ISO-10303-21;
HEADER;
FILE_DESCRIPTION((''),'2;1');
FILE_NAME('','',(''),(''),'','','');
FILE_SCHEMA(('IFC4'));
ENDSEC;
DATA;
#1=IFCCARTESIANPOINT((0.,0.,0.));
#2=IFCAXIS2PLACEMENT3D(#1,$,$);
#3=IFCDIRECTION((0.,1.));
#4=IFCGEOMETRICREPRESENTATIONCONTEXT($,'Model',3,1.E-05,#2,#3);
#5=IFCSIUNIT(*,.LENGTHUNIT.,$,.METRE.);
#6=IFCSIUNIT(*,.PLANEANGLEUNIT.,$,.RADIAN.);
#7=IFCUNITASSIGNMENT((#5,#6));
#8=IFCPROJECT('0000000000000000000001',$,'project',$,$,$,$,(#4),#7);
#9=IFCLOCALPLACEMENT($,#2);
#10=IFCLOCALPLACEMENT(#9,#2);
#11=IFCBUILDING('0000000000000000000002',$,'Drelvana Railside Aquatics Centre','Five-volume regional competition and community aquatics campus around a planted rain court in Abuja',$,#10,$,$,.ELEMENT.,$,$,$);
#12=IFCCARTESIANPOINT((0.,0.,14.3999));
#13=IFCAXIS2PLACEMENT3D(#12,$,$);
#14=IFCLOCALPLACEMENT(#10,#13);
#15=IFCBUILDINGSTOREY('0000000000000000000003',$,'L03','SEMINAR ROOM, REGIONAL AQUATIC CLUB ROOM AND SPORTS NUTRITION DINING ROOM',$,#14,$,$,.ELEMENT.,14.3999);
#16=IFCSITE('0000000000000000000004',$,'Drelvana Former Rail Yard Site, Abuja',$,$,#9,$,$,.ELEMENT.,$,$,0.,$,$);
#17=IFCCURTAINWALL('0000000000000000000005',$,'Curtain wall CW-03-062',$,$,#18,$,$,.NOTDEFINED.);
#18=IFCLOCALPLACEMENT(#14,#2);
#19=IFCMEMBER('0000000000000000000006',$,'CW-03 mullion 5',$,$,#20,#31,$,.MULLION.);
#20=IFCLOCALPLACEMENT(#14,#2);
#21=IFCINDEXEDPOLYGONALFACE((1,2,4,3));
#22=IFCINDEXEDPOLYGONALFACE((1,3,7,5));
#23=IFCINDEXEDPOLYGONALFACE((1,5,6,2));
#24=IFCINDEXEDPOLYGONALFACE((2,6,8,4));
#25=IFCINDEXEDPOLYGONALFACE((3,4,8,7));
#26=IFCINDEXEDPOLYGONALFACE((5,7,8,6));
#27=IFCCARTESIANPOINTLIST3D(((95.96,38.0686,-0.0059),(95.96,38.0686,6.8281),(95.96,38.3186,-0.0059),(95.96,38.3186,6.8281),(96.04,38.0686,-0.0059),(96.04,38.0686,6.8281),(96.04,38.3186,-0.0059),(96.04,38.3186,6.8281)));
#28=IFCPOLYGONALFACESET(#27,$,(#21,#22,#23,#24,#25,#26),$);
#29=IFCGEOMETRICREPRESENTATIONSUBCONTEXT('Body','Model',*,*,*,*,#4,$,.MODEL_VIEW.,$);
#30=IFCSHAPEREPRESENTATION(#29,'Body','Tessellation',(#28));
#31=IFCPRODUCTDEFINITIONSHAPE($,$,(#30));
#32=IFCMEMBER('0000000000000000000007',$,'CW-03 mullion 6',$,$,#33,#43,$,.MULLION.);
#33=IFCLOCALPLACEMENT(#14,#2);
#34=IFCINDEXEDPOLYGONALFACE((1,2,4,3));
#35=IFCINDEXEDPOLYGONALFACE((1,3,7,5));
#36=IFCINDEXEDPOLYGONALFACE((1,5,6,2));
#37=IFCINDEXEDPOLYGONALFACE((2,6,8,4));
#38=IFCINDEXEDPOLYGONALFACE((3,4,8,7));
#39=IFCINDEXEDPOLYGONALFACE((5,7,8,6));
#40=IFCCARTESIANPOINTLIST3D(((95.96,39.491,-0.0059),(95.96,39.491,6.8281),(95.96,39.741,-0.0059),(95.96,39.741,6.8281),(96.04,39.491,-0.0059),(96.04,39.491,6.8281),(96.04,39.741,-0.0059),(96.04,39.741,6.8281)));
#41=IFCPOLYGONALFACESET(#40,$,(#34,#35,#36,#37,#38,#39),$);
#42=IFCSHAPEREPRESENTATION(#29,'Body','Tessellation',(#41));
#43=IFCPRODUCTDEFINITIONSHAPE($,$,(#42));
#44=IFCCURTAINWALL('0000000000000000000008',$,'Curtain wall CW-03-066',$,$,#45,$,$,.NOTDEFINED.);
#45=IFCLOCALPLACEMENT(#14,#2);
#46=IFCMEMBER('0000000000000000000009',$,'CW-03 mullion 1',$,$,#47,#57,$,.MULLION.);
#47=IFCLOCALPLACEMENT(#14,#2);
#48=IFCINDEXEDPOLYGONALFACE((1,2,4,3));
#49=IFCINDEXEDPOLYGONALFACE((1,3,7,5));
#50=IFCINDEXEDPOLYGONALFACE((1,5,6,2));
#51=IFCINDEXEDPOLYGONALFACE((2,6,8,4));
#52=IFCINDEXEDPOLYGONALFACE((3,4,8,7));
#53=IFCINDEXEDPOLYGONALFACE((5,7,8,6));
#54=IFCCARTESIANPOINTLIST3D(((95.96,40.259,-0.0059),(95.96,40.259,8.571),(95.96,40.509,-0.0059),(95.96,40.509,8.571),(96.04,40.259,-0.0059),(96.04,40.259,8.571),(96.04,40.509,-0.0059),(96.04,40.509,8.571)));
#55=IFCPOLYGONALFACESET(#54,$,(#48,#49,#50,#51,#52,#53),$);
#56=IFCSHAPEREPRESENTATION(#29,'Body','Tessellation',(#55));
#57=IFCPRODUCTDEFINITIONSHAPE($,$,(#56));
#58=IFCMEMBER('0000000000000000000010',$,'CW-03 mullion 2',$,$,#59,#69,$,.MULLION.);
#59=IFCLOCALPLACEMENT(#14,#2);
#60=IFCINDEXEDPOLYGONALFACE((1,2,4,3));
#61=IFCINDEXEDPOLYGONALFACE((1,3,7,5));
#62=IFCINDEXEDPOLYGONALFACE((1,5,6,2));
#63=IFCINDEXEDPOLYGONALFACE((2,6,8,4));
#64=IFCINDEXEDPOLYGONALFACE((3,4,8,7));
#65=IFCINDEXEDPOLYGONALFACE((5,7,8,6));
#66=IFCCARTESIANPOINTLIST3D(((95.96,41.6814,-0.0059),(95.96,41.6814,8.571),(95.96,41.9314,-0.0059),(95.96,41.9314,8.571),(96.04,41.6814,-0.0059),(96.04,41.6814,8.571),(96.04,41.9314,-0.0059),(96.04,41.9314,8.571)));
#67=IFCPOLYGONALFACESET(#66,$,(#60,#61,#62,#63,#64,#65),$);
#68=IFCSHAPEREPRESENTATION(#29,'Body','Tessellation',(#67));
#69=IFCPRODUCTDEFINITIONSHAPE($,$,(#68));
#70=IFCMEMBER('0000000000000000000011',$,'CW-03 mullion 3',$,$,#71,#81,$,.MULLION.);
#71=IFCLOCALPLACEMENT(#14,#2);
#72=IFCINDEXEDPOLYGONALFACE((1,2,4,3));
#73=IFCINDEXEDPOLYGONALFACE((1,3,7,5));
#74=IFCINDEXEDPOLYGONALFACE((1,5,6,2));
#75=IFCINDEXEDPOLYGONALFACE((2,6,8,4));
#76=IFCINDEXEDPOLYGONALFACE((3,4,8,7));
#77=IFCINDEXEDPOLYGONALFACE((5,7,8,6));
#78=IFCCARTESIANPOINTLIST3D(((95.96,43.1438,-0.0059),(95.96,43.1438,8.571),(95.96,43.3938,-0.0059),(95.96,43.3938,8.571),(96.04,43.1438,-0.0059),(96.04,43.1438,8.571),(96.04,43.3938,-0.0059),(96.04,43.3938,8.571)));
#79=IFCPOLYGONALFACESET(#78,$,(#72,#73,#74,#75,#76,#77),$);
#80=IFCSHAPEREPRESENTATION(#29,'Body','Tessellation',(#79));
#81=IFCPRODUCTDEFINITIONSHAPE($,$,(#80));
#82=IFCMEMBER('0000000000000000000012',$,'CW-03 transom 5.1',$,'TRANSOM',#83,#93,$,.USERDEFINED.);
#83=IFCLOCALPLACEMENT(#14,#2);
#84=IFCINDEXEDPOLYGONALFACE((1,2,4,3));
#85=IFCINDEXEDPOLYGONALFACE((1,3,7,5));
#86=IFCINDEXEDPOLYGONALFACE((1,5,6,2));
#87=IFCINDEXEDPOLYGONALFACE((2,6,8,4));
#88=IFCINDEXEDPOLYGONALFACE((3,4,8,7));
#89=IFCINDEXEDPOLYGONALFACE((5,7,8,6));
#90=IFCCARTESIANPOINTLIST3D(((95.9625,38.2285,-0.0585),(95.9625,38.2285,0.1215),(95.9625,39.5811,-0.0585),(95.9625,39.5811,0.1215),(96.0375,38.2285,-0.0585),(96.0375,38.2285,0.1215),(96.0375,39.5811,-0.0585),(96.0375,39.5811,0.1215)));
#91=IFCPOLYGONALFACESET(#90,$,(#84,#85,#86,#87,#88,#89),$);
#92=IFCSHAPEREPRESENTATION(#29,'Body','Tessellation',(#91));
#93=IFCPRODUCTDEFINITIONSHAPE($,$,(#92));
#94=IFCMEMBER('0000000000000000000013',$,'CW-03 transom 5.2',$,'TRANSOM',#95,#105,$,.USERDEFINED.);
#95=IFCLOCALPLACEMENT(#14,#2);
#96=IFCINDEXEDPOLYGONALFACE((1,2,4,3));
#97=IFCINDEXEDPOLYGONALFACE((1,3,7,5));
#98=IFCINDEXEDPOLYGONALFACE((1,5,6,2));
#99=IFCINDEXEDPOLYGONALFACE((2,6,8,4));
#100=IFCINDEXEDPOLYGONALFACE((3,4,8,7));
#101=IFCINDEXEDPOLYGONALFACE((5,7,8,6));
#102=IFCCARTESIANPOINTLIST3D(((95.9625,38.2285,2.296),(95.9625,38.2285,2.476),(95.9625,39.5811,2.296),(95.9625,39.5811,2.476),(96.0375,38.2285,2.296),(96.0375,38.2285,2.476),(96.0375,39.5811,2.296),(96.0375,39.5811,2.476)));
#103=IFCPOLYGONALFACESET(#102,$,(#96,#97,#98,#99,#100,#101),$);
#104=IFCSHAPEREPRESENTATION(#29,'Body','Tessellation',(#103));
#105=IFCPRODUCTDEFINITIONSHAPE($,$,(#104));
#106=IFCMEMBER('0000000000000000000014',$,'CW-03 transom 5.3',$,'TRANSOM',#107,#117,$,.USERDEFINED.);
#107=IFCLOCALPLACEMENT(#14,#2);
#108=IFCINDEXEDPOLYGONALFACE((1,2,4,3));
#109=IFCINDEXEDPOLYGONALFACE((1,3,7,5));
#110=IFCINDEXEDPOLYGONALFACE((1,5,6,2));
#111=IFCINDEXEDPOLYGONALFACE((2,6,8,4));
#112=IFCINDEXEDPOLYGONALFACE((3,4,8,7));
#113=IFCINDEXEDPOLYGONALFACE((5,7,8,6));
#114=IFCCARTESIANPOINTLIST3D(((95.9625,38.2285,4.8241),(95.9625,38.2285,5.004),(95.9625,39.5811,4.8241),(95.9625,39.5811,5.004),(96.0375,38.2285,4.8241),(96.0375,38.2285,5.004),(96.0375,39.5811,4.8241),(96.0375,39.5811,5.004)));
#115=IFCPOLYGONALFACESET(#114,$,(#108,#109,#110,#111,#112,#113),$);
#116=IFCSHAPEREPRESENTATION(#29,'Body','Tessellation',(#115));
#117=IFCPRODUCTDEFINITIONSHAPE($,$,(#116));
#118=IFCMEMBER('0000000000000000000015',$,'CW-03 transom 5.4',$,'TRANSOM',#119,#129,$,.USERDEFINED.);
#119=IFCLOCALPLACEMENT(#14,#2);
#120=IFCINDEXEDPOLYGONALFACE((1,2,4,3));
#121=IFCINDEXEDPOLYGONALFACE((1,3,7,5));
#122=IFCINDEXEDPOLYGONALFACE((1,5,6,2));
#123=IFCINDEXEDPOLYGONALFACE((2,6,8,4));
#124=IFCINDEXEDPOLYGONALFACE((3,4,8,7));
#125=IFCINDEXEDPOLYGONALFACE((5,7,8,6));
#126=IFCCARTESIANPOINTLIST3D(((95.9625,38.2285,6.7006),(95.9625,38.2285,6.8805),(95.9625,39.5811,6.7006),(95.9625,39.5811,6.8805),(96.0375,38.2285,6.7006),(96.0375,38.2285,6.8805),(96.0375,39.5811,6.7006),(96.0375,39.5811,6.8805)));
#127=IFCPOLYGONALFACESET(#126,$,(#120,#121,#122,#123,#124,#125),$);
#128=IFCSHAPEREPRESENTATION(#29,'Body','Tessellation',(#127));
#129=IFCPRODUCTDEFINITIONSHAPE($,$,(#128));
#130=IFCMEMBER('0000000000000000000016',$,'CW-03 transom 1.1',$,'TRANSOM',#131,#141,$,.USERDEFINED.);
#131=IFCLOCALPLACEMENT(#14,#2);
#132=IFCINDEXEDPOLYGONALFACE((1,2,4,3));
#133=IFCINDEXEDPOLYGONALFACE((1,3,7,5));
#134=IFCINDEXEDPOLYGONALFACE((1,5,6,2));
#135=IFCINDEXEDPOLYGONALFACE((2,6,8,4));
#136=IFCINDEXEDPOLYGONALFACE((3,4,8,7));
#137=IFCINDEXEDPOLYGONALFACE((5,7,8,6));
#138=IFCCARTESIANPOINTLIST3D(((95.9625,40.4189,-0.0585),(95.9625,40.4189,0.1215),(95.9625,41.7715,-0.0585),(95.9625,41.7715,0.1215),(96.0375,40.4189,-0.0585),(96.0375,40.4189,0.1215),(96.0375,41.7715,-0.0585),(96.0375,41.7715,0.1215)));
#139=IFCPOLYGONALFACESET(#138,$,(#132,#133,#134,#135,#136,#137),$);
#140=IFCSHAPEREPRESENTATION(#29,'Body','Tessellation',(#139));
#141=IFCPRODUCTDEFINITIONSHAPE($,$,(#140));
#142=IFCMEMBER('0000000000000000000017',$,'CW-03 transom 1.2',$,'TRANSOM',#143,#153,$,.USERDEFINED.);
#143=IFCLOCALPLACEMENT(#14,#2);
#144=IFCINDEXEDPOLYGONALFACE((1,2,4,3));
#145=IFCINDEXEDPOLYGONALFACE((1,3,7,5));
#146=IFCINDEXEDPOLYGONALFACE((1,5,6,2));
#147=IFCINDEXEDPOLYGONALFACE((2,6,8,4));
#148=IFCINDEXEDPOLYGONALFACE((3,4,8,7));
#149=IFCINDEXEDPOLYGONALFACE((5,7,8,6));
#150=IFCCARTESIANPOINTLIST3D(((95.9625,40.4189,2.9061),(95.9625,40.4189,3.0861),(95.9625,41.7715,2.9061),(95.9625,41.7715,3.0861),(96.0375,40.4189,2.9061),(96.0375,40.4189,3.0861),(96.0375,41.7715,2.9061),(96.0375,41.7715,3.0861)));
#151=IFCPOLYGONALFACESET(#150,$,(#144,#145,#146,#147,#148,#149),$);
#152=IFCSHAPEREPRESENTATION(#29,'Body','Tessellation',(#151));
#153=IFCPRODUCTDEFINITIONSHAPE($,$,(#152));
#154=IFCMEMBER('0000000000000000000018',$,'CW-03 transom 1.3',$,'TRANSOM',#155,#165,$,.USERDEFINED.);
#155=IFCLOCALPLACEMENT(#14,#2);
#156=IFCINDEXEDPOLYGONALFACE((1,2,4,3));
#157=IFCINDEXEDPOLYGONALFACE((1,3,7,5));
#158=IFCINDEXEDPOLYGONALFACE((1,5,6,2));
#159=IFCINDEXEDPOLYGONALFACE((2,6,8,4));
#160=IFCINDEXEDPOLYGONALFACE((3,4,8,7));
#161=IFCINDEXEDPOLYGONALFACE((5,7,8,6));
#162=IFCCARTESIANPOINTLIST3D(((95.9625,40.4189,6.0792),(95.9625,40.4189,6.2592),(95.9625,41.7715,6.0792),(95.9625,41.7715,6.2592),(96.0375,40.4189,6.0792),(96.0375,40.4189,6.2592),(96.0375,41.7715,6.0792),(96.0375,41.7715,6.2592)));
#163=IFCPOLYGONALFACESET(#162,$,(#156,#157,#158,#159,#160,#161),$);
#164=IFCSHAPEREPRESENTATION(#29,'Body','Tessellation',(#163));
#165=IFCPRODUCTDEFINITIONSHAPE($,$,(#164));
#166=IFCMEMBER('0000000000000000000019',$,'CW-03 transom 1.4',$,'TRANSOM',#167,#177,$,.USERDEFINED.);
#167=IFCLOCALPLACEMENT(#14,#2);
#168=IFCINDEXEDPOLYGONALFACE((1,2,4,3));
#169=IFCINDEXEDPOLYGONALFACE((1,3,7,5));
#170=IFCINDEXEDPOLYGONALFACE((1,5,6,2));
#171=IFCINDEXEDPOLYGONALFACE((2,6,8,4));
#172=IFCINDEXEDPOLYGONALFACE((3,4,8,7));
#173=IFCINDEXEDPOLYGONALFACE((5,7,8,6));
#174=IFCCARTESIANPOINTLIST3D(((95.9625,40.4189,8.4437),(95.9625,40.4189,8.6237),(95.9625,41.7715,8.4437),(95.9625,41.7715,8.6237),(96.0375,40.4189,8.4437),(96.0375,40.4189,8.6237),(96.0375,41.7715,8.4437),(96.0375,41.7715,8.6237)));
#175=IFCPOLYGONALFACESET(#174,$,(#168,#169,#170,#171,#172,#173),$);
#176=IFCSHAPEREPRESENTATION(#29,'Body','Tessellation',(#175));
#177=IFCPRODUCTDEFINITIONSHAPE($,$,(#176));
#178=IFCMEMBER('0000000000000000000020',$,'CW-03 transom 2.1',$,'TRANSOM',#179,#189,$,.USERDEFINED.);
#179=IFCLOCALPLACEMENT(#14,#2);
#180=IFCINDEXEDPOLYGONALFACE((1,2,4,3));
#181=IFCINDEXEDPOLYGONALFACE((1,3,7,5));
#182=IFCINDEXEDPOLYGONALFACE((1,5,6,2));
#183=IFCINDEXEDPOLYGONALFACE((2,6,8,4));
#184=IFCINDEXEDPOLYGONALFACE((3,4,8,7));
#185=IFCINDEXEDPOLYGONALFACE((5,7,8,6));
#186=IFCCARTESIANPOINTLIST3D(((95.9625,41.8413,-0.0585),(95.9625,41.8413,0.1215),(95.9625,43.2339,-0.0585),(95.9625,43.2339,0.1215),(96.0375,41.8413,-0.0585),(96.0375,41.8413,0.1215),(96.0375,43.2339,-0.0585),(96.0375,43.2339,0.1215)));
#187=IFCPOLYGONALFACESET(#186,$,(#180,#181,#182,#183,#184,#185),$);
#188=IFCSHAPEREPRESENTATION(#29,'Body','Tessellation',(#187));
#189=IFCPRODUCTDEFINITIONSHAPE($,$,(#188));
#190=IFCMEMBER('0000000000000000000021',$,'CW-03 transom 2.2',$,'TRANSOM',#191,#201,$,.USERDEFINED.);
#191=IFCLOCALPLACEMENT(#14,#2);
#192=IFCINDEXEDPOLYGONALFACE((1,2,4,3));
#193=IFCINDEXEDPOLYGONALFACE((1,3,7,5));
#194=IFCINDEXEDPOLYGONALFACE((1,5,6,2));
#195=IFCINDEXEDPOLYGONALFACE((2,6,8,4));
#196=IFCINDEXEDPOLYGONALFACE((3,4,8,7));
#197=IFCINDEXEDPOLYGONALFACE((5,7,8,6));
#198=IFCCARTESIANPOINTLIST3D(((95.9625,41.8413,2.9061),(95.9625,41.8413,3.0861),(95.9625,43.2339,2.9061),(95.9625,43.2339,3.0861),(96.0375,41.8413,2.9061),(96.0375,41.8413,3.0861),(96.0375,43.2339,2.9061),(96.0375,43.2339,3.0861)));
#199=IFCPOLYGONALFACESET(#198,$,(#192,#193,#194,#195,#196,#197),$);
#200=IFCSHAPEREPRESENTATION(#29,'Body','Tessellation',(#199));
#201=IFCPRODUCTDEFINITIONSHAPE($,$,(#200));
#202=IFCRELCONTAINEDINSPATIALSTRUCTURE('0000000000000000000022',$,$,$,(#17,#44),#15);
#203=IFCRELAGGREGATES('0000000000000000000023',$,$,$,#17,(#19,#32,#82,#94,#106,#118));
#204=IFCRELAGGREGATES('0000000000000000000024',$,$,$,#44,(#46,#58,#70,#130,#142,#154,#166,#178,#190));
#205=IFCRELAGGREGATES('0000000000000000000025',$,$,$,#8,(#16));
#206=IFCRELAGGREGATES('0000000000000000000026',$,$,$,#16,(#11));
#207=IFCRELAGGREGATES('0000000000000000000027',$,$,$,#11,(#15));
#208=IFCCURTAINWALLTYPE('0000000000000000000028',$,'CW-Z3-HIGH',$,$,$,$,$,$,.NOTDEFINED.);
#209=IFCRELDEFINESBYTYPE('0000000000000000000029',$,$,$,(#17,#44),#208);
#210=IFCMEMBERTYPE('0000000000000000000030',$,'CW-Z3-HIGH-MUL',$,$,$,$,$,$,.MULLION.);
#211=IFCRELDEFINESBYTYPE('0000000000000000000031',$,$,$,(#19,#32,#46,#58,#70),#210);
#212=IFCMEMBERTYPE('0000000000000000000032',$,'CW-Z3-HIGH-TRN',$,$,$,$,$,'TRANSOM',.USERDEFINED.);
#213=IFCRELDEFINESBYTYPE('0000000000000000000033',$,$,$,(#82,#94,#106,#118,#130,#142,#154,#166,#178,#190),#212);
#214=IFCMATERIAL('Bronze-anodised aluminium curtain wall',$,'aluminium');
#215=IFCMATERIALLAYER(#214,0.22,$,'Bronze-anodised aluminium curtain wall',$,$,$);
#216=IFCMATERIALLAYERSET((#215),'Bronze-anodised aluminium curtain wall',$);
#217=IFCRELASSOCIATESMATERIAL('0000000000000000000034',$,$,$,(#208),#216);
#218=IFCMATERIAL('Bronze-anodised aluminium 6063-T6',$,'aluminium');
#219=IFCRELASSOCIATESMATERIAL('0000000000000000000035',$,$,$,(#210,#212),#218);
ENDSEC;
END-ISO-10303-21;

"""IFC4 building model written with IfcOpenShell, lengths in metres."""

from ifc_helpers import new_model, si_unit, direction, frame, origin, origin_2d, place, context, subcontext, project, spatial, rectangle, extrude, material, layer, layer_set, material_profile, profile_set, type_object, element, aggregate, save


model = new_model("IFC4")

# Units and contexts
model_context = context("Model", 3, precision=1e-05, world=origin(), true_north=direction((0.0, 1.0)))
body_context = subcontext(model_context, "Body", "Model", "MODEL_VIEW")
ifc_project = project(units=[si_unit("LENGTHUNIT", "METRE"), si_unit("PLANEANGLEUNIT", "RADIAN")], contexts=[model_context])

# Site, building, storey
site_placement = place(None, origin())
site = spatial("IfcSite", under=ifc_project, at=site_placement, Name="Drelvana Former Rail Yard Site, Abuja", CompositionType="ELEMENT", RefElevation=0.0)
building_placement = place(site_placement, origin())
building = spatial("IfcBuilding", under=site, at=building_placement, Name="Drelvana Railside Aquatics Centre", Description="Five-volume regional competition and community aquatics campus around a planted rain court in Abuja", CompositionType="ELEMENT")
storey_placement = place(building_placement, frame((0.0, 0.0, 14.3999)))
storey = spatial("IfcBuildingStorey", under=building, at=storey_placement, Name="L03", Description="SEMINAR ROOM, REGIONAL AQUATIC CLUB ROOM AND SPORTS NUTRITION DINING ROOM", CompositionType="ELEMENT", Elevation=14.3999)

# Curtain walls, members
ifc_material_1 = material(Name="Bronze-anodised aluminium curtain wall", Category="aluminium")
ifc_layer_1 = layer(ifc_material_1, 0.22, Name="Bronze-anodised aluminium curtain wall")
ifc_layer_set_1 = layer_set([ifc_layer_1], Name="Bronze-anodised aluminium curtain wall")
curtain_wall_type = type_object("IfcCurtainWallType", Name="CW-Z3-HIGH", PredefinedType="NOTDEFINED", material=ifc_layer_set_1)
curtain_wall_1_placement = place(storey_placement, origin())
curtain_wall_1 = element("IfcCurtainWall", 1, at=curtain_wall_1_placement, inside=storey, type_object=curtain_wall_type, Name="Curtain wall CW-03-062", PredefinedType="NOTDEFINED")
ifc_material_2 = material(Name="Bronze-anodised aluminium 6063-T6", Category="aluminium")
ifc_material_profile_1 = material_profile(ifc_material_2, rectangle(XDim=0.0801, YDim=0.25, at=origin_2d()), Name="ALU-M 80x250")
ifc_profile_set_1 = profile_set([ifc_material_profile_1], Name="Bronze-anodised aluminium 6063-T6")
member_type_1 = type_object("IfcMemberType", Name="CW-Z3-HIGH-MUL", PredefinedType="MULLION", material=ifc_profile_set_1)
member_1_placement = place(storey_placement, frame((96.0, 38.1936, -0.0059), z_axis=(0.0, 0.0, 1.0), x_axis=(-1.0, 0.0, 0.0)))
member_1 = element("IfcMember", 2, at=member_1_placement, type_object=member_type_1, Name="CW-03 mullion 5", PredefinedType="MULLION", context=body_context, shape_type="SweptSolid", body=[
    extrude(rectangle(XDim=0.0801, YDim=0.25, at=origin_2d()), origin(), (0.0, 0.0, 1.0), 6.834),
])
member_2_placement = place(storey_placement, frame((96.0, 39.616, -0.0059), z_axis=(0.0, 0.0, 1.0), x_axis=(-1.0, 0.0, 0.0)))
member_2 = element("IfcMember", 3, at=member_2_placement, type_object=member_type_1, Name="CW-03 mullion 6", PredefinedType="MULLION", context=body_context, shape_type="SweptSolid", body=[
    extrude(rectangle(XDim=0.0801, YDim=0.25, at=origin_2d()), origin(), (0.0, 0.0, 1.0), 6.834),
])
curtain_wall_2_placement = place(storey_placement, origin())
curtain_wall_2 = element("IfcCurtainWall", 4, at=curtain_wall_2_placement, inside=storey, type_object=curtain_wall_type, Name="Curtain wall CW-03-066", PredefinedType="NOTDEFINED")
member_3_placement = place(storey_placement, frame((96.0, 40.384, -0.0059), z_axis=(0.0, 0.0, 1.0), x_axis=(-1.0, 0.0, 0.0)))
member_3 = element("IfcMember", 5, at=member_3_placement, type_object=member_type_1, Name="CW-03 mullion 1", PredefinedType="MULLION", context=body_context, shape_type="SweptSolid", body=[
    extrude(rectangle(XDim=0.0801, YDim=0.25, at=origin_2d()), origin(), (0.0, 0.0, 1.0), 8.5769),
])
member_4_placement = place(storey_placement, frame((96.0, 41.8064, -0.0059), z_axis=(0.0, 0.0, 1.0), x_axis=(-1.0, 0.0, 0.0)))
member_4 = element("IfcMember", 6, at=member_4_placement, type_object=member_type_1, Name="CW-03 mullion 2", PredefinedType="MULLION", context=body_context, shape_type="SweptSolid", body=[
    extrude(rectangle(XDim=0.0801, YDim=0.25, at=origin_2d()), origin(), (0.0, 0.0, 1.0), 8.5769),
])
member_5_placement = place(storey_placement, frame((96.0, 43.2688, -0.0059), z_axis=(0.0, 0.0, 1.0), x_axis=(-1.0, 0.0, 0.0)))
member_5 = element("IfcMember", 7, at=member_5_placement, type_object=member_type_1, Name="CW-03 mullion 3", PredefinedType="MULLION", context=body_context, shape_type="SweptSolid", body=[
    extrude(rectangle(XDim=0.0801, YDim=0.25, at=origin_2d()), origin(), (0.0, 0.0, 1.0), 8.5769),
])

# Members
ifc_material_profile_2 = material_profile(ifc_material_2, rectangle(XDim=0.1799, YDim=0.075, at=origin_2d()), Name="ALU-T 75x180")
ifc_profile_set_2 = profile_set([ifc_material_profile_2], Name="Bronze-anodised aluminium 6063-T6")
member_type_2 = type_object("IfcMemberType", Name="CW-Z3-HIGH-TRN", ElementType="TRANSOM", PredefinedType="USERDEFINED", material=ifc_profile_set_2)
member_6_placement = place(storey_placement, frame((96.0, 38.2285, 0.0315), z_axis=(0.0, 1.0, 0.0), x_axis=(0.0, 0.0, 1.0)))
member_6 = element("IfcMember", 8, at=member_6_placement, type_object=member_type_2, Name="CW-03 transom 5.1", ObjectType="TRANSOM", PredefinedType="USERDEFINED", context=body_context, shape_type="SweptSolid", body=[
    extrude(rectangle(XDim=0.1799, YDim=0.075, at=origin_2d()), origin(), (0.0, 0.0, 1.0), 1.3525),
])
member_7_placement = place(storey_placement, frame((96.0, 38.2285, 2.386), z_axis=(0.0, 1.0, 0.0), x_axis=(0.0, 0.0, 1.0)))
member_7 = element("IfcMember", 9, at=member_7_placement, type_object=member_type_2, Name="CW-03 transom 5.2", ObjectType="TRANSOM", PredefinedType="USERDEFINED", context=body_context, shape_type="SweptSolid", body=[
    extrude(rectangle(XDim=0.1799, YDim=0.075, at=origin_2d()), origin(), (0.0, 0.0, 1.0), 1.3525),
])
member_8_placement = place(storey_placement, frame((96.0, 38.2285, 4.9141), z_axis=(0.0, 1.0, 0.0), x_axis=(0.0, 0.0, 1.0)))
member_8 = element("IfcMember", 10, at=member_8_placement, type_object=member_type_2, Name="CW-03 transom 5.3", ObjectType="TRANSOM", PredefinedType="USERDEFINED", context=body_context, shape_type="SweptSolid", body=[
    extrude(rectangle(XDim=0.1799, YDim=0.075, at=origin_2d()), origin(), (0.0, 0.0, 1.0), 1.3525),
])
member_9_placement = place(storey_placement, frame((96.0, 38.2285, 6.7905), z_axis=(0.0, 1.0, 0.0), x_axis=(0.0, 0.0, 1.0)))
member_9 = element("IfcMember", 11, at=member_9_placement, type_object=member_type_2, Name="CW-03 transom 5.4", ObjectType="TRANSOM", PredefinedType="USERDEFINED", context=body_context, shape_type="SweptSolid", body=[
    extrude(rectangle(XDim=0.1799, YDim=0.075, at=origin_2d()), origin(), (0.0, 0.0, 1.0), 1.3525),
])
member_10_placement = place(storey_placement, frame((96.0, 40.4189, 0.0315), z_axis=(0.0, 1.0, 0.0), x_axis=(0.0, 0.0, 1.0)))
member_10 = element("IfcMember", 12, at=member_10_placement, type_object=member_type_2, Name="CW-03 transom 1.1", ObjectType="TRANSOM", PredefinedType="USERDEFINED", context=body_context, shape_type="SweptSolid", body=[
    extrude(rectangle(XDim=0.1799, YDim=0.075, at=origin_2d()), origin(), (0.0, 0.0, 1.0), 1.3525),
])
member_11_placement = place(storey_placement, frame((96.0, 40.4189, 2.9961), z_axis=(0.0, 1.0, 0.0), x_axis=(0.0, 0.0, 1.0)))
member_11 = element("IfcMember", 13, at=member_11_placement, type_object=member_type_2, Name="CW-03 transom 1.2", ObjectType="TRANSOM", PredefinedType="USERDEFINED", context=body_context, shape_type="SweptSolid", body=[
    extrude(rectangle(XDim=0.1799, YDim=0.075, at=origin_2d()), origin(), (0.0, 0.0, 1.0), 1.3525),
])
member_12_placement = place(storey_placement, frame((96.0, 40.4189, 6.1692), z_axis=(0.0, 1.0, 0.0), x_axis=(0.0, 0.0, 1.0)))
member_12 = element("IfcMember", 14, at=member_12_placement, type_object=member_type_2, Name="CW-03 transom 1.3", ObjectType="TRANSOM", PredefinedType="USERDEFINED", context=body_context, shape_type="SweptSolid", body=[
    extrude(rectangle(XDim=0.1799, YDim=0.075, at=origin_2d()), origin(), (0.0, 0.0, 1.0), 1.3525),
])
member_13_placement = place(storey_placement, frame((96.0, 40.4189, 8.5337), z_axis=(0.0, 1.0, 0.0), x_axis=(0.0, 0.0, 1.0)))
member_13 = element("IfcMember", 15, at=member_13_placement, type_object=member_type_2, Name="CW-03 transom 1.4", ObjectType="TRANSOM", PredefinedType="USERDEFINED", context=body_context, shape_type="SweptSolid", body=[
    extrude(rectangle(XDim=0.1799, YDim=0.075, at=origin_2d()), origin(), (0.0, 0.0, 1.0), 1.3525),
])
member_14_placement = place(storey_placement, frame((96.0, 41.8413, 0.0315), z_axis=(0.0, 1.0, 0.0), x_axis=(0.0, 0.0, 1.0)))
member_14 = element("IfcMember", 16, at=member_14_placement, type_object=member_type_2, Name="CW-03 transom 2.1", ObjectType="TRANSOM", PredefinedType="USERDEFINED", context=body_context, shape_type="SweptSolid", body=[
    extrude(rectangle(XDim=0.1799, YDim=0.075, at=origin_2d()), origin(), (0.0, 0.0, 1.0), 1.3926),
])
member_15_placement = place(storey_placement, frame((96.0, 41.8413, 2.9961), z_axis=(0.0, 1.0, 0.0), x_axis=(0.0, 0.0, 1.0)))
member_15 = element("IfcMember", 17, at=member_15_placement, type_object=member_type_2, Name="CW-03 transom 2.2", ObjectType="TRANSOM", PredefinedType="USERDEFINED", context=body_context, shape_type="SweptSolid", body=[
    extrude(rectangle(XDim=0.1799, YDim=0.075, at=origin_2d()), origin(), (0.0, 0.0, 1.0), 1.3926),
])

aggregate(curtain_wall_1, [member_1, member_2, member_6, member_7, member_8, member_9])
aggregate(curtain_wall_2, [member_3, member_4, member_5, member_10, member_11, member_12, member_13, member_14, member_15])

save(model, "model.ifc")
